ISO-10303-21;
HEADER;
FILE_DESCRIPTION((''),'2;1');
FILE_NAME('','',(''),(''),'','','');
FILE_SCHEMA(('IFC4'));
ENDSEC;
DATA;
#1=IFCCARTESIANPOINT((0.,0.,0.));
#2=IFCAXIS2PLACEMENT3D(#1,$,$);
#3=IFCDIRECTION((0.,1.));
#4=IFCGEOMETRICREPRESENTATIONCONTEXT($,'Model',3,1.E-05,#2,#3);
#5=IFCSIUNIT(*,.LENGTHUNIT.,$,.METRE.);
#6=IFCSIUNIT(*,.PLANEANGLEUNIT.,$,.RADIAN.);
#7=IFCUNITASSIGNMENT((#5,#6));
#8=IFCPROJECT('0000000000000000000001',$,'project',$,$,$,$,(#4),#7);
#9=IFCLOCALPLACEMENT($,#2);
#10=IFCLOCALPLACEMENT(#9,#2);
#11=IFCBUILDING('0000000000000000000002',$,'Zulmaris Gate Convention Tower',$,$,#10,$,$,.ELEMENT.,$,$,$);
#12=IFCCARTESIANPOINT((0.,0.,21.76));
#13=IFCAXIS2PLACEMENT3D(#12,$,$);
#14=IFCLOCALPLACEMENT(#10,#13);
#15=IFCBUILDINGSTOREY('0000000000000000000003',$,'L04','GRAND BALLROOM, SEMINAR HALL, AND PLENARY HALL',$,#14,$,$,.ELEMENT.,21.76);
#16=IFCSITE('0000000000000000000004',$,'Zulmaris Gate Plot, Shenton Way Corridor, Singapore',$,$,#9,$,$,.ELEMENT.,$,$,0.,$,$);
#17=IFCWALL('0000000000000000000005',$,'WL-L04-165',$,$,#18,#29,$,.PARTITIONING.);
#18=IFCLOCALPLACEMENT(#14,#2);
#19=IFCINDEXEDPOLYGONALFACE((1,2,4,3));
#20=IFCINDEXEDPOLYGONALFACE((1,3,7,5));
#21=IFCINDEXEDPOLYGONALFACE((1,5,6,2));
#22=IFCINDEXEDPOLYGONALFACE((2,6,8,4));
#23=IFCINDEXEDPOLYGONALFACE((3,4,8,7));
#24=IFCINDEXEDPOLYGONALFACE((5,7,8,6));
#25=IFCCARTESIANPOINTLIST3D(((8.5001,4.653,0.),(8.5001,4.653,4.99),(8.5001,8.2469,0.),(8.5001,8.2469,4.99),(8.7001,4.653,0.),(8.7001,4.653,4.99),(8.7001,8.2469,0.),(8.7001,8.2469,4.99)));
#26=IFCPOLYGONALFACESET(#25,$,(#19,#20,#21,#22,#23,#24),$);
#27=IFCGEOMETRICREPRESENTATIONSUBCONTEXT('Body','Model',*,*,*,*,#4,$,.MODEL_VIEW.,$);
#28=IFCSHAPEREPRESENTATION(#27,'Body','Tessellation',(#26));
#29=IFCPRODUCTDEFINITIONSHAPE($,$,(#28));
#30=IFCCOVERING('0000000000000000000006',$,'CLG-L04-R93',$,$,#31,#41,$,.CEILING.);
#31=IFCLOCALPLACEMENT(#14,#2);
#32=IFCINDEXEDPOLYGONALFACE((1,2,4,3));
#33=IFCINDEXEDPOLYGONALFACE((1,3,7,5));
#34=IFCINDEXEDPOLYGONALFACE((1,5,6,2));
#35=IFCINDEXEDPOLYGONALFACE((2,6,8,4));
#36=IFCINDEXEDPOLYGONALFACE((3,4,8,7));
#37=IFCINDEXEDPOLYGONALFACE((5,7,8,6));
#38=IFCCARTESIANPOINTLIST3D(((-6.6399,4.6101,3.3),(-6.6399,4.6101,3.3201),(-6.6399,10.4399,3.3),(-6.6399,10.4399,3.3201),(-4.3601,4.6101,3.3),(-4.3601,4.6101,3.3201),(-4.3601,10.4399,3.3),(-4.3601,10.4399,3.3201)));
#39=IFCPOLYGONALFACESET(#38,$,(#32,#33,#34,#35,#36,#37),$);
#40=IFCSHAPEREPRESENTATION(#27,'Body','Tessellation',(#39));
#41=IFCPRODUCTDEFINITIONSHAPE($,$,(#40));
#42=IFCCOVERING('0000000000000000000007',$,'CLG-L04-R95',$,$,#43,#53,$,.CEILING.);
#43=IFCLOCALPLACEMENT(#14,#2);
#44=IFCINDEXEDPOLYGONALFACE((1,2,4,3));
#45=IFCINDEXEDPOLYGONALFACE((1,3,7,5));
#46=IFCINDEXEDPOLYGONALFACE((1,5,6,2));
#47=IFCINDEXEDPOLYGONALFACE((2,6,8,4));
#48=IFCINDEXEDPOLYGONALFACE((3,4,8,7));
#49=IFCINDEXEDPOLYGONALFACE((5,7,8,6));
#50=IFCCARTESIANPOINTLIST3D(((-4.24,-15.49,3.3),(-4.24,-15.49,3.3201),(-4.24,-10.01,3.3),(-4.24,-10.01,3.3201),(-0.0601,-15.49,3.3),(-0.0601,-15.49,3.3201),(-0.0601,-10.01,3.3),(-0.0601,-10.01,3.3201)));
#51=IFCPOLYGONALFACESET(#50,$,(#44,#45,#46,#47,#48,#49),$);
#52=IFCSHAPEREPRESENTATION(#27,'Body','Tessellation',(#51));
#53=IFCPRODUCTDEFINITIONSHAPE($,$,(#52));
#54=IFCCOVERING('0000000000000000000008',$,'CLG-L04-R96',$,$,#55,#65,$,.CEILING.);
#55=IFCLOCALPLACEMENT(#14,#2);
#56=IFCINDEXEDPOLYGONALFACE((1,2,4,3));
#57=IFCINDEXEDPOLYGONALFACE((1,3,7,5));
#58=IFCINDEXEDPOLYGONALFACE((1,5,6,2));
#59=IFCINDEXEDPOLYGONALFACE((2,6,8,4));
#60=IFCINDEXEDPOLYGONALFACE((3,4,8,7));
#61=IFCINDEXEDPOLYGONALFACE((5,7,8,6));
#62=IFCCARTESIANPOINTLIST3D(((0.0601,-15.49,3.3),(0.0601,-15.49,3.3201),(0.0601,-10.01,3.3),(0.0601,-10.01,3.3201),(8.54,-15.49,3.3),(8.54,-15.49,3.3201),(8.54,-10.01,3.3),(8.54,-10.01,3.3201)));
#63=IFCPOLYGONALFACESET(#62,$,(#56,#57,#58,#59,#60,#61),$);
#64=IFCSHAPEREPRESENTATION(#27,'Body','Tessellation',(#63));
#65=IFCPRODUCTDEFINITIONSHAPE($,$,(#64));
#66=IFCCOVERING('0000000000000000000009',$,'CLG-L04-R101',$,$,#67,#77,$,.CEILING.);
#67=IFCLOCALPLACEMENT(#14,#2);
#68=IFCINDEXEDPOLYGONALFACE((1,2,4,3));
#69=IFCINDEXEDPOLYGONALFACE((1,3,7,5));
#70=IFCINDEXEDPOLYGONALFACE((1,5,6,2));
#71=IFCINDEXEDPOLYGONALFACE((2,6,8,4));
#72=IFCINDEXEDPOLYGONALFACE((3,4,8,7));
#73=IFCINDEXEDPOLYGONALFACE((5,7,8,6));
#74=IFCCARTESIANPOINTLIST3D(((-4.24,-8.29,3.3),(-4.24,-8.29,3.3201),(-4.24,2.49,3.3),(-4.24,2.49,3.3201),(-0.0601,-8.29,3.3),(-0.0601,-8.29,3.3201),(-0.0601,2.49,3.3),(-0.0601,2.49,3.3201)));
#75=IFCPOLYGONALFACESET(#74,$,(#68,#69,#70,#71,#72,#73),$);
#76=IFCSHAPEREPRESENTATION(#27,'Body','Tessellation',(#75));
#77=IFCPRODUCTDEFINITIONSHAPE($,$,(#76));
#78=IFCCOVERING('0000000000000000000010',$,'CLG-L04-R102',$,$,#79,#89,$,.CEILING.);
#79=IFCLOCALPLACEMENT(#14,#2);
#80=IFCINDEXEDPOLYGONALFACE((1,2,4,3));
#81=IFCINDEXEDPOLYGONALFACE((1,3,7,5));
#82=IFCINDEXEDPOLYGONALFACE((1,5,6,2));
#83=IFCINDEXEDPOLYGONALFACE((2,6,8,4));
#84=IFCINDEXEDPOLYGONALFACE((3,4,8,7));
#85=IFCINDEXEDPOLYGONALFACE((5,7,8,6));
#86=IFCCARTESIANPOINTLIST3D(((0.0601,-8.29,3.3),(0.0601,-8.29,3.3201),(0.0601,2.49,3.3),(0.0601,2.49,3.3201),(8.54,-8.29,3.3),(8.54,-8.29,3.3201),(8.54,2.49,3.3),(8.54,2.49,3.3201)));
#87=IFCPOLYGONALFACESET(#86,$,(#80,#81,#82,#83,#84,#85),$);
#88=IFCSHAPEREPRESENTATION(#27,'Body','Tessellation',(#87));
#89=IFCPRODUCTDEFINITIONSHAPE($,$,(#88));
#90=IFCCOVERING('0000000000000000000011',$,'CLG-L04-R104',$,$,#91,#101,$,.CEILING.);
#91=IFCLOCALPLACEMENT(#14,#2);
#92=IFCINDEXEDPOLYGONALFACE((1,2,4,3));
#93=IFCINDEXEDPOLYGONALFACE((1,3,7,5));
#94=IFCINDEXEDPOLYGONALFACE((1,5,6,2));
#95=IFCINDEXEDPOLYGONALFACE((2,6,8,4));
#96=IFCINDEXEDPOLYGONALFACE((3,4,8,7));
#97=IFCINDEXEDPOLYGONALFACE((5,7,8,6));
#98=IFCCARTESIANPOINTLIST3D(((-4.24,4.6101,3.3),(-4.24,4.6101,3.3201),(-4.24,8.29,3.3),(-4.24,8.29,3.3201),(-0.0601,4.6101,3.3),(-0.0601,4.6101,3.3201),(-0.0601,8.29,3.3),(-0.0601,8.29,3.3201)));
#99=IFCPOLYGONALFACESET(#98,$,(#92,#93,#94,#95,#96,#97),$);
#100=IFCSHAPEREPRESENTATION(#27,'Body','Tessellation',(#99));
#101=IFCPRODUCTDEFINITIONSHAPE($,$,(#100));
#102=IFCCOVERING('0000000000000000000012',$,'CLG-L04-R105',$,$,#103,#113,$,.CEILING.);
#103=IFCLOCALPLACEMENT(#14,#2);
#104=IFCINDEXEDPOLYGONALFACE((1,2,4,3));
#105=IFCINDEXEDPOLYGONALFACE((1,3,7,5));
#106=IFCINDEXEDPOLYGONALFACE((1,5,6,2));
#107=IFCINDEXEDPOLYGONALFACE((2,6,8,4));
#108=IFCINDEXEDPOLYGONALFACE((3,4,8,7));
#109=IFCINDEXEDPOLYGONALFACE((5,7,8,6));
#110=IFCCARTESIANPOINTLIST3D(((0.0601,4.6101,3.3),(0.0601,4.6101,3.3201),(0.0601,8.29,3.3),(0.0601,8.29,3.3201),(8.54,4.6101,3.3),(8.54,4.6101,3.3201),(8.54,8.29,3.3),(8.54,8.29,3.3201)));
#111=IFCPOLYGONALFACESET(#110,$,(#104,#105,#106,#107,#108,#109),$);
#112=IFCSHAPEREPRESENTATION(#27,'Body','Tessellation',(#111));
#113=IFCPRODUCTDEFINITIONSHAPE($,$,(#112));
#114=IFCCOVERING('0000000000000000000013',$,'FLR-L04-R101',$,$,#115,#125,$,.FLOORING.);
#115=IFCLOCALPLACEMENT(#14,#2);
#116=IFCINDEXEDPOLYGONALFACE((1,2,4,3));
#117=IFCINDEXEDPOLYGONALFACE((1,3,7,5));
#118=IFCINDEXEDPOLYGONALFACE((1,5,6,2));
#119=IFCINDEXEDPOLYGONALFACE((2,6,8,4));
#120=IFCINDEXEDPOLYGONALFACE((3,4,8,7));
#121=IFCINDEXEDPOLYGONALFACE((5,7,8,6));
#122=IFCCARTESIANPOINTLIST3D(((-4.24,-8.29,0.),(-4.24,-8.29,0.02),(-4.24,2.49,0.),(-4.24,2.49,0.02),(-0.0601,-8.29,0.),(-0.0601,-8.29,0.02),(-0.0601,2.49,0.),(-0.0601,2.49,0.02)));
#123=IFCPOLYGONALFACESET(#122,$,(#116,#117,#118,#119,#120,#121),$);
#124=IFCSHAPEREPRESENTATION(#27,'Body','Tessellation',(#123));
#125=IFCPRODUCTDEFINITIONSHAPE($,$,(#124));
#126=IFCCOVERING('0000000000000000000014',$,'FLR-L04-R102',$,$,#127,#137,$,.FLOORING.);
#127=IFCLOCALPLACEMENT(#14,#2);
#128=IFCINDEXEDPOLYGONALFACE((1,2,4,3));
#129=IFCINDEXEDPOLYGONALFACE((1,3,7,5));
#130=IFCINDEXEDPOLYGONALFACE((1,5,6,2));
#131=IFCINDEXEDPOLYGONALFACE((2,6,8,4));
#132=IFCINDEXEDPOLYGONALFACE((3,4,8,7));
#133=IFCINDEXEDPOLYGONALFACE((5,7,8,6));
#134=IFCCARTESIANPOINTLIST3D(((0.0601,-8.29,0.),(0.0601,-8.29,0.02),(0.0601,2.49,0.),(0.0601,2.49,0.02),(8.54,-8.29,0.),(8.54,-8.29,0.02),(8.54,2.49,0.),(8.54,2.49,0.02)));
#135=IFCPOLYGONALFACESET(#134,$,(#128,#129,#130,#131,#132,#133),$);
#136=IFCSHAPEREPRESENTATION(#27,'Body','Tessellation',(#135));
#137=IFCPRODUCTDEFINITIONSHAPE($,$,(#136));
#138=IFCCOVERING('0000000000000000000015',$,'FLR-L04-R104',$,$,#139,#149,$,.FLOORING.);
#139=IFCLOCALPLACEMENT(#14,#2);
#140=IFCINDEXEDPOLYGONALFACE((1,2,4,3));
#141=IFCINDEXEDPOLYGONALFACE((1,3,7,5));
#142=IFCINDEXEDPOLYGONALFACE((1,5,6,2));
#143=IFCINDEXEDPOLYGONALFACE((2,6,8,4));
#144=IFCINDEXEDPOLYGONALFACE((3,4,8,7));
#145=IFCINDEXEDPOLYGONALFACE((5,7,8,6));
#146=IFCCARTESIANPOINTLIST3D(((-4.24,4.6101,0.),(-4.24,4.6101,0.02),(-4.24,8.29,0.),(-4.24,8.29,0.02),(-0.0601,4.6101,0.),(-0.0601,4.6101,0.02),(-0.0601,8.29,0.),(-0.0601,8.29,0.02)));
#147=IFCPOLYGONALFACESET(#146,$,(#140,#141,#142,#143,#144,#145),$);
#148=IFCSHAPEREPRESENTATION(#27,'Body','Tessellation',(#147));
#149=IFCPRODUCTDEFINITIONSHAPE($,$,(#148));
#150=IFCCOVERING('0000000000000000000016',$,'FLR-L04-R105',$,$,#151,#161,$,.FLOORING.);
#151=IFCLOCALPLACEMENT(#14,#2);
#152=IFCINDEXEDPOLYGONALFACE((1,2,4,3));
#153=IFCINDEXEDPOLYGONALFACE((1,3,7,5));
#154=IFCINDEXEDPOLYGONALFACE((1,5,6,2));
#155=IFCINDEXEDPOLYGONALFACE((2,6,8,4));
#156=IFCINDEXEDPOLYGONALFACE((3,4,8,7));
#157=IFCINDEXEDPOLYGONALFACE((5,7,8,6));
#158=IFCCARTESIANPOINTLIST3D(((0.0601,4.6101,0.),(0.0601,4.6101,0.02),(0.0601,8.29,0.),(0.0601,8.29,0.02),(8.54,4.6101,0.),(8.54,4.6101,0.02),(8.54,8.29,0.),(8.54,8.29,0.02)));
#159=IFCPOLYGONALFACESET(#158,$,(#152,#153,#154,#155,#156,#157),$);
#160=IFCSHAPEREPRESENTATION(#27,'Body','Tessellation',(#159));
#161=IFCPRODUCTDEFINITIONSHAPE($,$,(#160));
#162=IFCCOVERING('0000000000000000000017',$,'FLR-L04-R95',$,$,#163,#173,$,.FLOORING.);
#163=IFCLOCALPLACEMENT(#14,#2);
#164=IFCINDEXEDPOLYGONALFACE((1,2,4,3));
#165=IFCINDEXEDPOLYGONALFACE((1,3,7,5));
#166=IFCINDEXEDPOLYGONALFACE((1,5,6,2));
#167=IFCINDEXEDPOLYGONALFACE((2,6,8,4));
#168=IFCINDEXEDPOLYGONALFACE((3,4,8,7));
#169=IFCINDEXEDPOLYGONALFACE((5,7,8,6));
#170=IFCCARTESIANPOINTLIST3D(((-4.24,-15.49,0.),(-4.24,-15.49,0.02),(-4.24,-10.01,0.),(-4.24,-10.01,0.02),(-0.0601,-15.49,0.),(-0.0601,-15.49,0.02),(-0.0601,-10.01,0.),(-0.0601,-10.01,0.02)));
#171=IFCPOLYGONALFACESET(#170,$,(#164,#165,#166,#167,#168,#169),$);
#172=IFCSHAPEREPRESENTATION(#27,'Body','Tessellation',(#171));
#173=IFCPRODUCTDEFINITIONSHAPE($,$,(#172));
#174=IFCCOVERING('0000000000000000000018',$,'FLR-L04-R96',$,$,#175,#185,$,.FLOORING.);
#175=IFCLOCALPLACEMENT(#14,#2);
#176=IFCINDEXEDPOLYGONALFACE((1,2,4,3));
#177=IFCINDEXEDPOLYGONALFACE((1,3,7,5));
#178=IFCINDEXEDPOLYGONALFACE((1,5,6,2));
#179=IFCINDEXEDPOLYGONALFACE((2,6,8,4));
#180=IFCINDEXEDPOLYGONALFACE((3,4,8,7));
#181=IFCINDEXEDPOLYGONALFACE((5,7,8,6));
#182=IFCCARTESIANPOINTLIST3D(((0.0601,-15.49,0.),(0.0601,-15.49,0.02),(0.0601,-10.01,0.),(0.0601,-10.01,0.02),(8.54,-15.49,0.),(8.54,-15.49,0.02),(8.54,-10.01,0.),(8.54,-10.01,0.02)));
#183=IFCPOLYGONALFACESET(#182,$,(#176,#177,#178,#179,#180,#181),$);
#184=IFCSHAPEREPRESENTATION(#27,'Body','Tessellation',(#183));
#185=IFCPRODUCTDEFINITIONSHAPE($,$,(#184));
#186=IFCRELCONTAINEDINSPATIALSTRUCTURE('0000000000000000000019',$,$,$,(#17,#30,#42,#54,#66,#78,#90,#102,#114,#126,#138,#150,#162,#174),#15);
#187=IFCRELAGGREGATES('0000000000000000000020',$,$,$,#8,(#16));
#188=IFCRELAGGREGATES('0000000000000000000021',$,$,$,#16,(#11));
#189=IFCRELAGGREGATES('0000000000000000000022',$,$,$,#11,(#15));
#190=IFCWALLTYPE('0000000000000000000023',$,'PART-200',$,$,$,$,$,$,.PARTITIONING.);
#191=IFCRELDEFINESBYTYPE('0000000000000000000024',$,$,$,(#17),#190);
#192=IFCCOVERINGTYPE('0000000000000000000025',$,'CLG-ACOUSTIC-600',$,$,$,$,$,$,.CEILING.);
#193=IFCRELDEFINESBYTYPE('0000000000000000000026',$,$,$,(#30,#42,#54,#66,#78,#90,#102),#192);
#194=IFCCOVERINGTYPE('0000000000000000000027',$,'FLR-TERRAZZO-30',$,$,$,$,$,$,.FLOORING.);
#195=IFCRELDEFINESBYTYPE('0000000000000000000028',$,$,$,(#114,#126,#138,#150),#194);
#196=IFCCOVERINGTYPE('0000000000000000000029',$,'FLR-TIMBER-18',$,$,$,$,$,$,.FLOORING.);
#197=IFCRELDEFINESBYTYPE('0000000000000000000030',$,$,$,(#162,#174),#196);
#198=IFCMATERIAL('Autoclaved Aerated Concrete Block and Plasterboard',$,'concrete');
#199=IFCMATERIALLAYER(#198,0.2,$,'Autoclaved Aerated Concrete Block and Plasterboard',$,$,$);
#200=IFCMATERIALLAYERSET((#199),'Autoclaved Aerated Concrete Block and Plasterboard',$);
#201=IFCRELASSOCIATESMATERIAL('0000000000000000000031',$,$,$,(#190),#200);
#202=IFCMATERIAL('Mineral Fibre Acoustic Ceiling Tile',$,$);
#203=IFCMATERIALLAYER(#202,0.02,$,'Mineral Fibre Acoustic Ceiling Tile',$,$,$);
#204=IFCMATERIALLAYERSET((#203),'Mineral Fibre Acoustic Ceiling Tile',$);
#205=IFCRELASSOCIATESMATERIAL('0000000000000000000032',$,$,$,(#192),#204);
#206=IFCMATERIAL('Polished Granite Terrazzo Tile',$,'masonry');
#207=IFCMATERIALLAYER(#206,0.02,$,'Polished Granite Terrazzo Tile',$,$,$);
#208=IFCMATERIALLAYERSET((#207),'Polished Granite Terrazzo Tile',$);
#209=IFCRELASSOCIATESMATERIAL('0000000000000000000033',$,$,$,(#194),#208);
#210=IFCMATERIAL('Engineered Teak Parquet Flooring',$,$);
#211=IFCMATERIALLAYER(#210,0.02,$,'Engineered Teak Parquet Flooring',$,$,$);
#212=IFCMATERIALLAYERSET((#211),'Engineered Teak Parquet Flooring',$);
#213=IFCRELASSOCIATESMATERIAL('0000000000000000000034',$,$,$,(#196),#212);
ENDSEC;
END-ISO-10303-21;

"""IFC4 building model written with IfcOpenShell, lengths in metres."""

from ifc_helpers import new_model, si_unit, direction, frame, frame_2d, origin, place, context, subcontext, project, spatial, polyline, rectangle, outline, extrude, material, layer, layer_set, type_object, element, save


model = new_model("IFC4")

# Units and contexts
model_context = context("Model", 3, precision=1e-05, world=origin(), true_north=direction((0.0, 1.0)))
body_context = subcontext(model_context, "Body", "Model", "MODEL_VIEW")
ifc_project = project(units=[si_unit("LENGTHUNIT", "METRE"), si_unit("PLANEANGLEUNIT", "RADIAN")], contexts=[model_context])

# Site, building, storey
site_placement = place(None, origin())
site = spatial("IfcSite", under=ifc_project, at=site_placement, Name="Zulmaris Gate Plot, Shenton Way Corridor, Singapore", CompositionType="ELEMENT", RefElevation=0.0)
building_placement = place(site_placement, origin())
building = spatial("IfcBuilding", under=site, at=building_placement, Name="Zulmaris Gate Convention Tower", CompositionType="ELEMENT")
storey_placement = place(building_placement, frame((0.0, 0.0, 21.76)))
storey = spatial("IfcBuildingStorey", under=building, at=storey_placement, Name="L04", Description="GRAND BALLROOM, SEMINAR HALL, AND PLENARY HALL", CompositionType="ELEMENT", Elevation=21.76)

# Shared definitions
ifc_material_1 = material(Name="Autoclaved Aerated Concrete Block and Plasterboard", Category="concrete")
ifc_layer_1 = layer(ifc_material_1, 0.2, Name="Autoclaved Aerated Concrete Block and Plasterboard")
ifc_layer_set_1 = layer_set([ifc_layer_1], Name="Autoclaved Aerated Concrete Block and Plasterboard")
wall_type_1 = type_object("IfcWallType", Name="PART-200", PredefinedType="PARTITIONING", material=ifc_layer_set_1)

# Wall
wall_1_placement = place(storey_placement, frame((8.6001, 4.6531, 0.0), z_axis=(0.0, 0.0, 1.0), x_axis=(0.0, 1.0, 0.0)))
element("IfcWall", 1, at=wall_1_placement, inside=storey, type_object=wall_type_1, Name="WL-L04-165", PredefinedType="PARTITIONING", context=body_context, shape_type="SweptSolid", body=[
    extrude(rectangle(XDim=3.594, YDim=0.2, at=frame_2d((1.7969, 0.0))), origin(), (0.0, 0.0, 1.0), 4.99),
])

# Coverings
ifc_material_2 = material(Name="Mineral Fibre Acoustic Ceiling Tile")
ifc_layer_2 = layer(ifc_material_2, 0.02, Name="Mineral Fibre Acoustic Ceiling Tile")
ifc_layer_set_2 = layer_set([ifc_layer_2], Name="Mineral Fibre Acoustic Ceiling Tile")
covering_type_1 = type_object("IfcCoveringType", Name="CLG-ACOUSTIC-600", PredefinedType="CEILING", material=ifc_layer_set_2)
covering_1_placement = place(storey_placement, frame((0.0, 0.0, 3.3)))
element("IfcCovering", 2, at=covering_1_placement, inside=storey, type_object=covering_type_1, Name="CLG-L04-R93", PredefinedType="CEILING", context=body_context, shape_type="SweptSolid", body=[
    extrude(outline(polyline([(-6.6399, 4.6101), (-4.3601, 4.6101), (-4.3601, 10.4399), (-6.6399, 10.4399), (-6.6399, 4.6101)])), origin(), (0.0, 0.0, 1.0), 0.02),
])
covering_2_placement = place(storey_placement, frame((0.0, 0.0, 3.3)))
element("IfcCovering", 3, at=covering_2_placement, inside=storey, type_object=covering_type_1, Name="CLG-L04-R95", PredefinedType="CEILING", context=body_context, shape_type="SweptSolid", body=[
    extrude(outline(polyline([(-4.24, -15.49), (-0.0601, -15.49), (-0.0601, -10.01), (-4.24, -10.01), (-4.24, -15.49)])), origin(), (0.0, 0.0, 1.0), 0.02),
])
covering_3_placement = place(storey_placement, frame((0.0, 0.0, 3.3)))
element("IfcCovering", 4, at=covering_3_placement, inside=storey, type_object=covering_type_1, Name="CLG-L04-R96", PredefinedType="CEILING", context=body_context, shape_type="SweptSolid", body=[
    extrude(outline(polyline([(0.0601, -15.49), (8.54, -15.49), (8.54, -10.01), (0.0601, -10.01), (0.0601, -15.49)])), origin(), (0.0, 0.0, 1.0), 0.02),
])
covering_4_placement = place(storey_placement, frame((0.0, 0.0, 3.3)))
element("IfcCovering", 5, at=covering_4_placement, inside=storey, type_object=covering_type_1, Name="CLG-L04-R101", PredefinedType="CEILING", context=body_context, shape_type="SweptSolid", body=[
    extrude(outline(polyline([(-4.24, -8.29), (-0.0601, -8.29), (-0.0601, 2.49), (-4.24, 2.49), (-4.24, -8.29)])), origin(), (0.0, 0.0, 1.0), 0.02),
])
covering_5_placement = place(storey_placement, frame((0.0, 0.0, 3.3)))
element("IfcCovering", 6, at=covering_5_placement, inside=storey, type_object=covering_type_1, Name="CLG-L04-R102", PredefinedType="CEILING", context=body_context, shape_type="SweptSolid", body=[
    extrude(outline(polyline([(0.0601, -8.29), (8.54, -8.29), (8.54, 2.49), (0.0601, 2.49), (0.0601, -8.29)])), origin(), (0.0, 0.0, 1.0), 0.02),
])
covering_6_placement = place(storey_placement, frame((0.0, 0.0, 3.3)))
element("IfcCovering", 7, at=covering_6_placement, inside=storey, type_object=covering_type_1, Name="CLG-L04-R104", PredefinedType="CEILING", context=body_context, shape_type="SweptSolid", body=[
    extrude(outline(polyline([(-4.24, 4.6101), (-0.0601, 4.6101), (-0.0601, 8.29), (-4.24, 8.29), (-4.24, 4.6101)])), origin(), (0.0, 0.0, 1.0), 0.02),
])
covering_7_placement = place(storey_placement, frame((0.0, 0.0, 3.3)))
element("IfcCovering", 8, at=covering_7_placement, inside=storey, type_object=covering_type_1, Name="CLG-L04-R105", PredefinedType="CEILING", context=body_context, shape_type="SweptSolid", body=[
    extrude(outline(polyline([(0.0601, 4.6101), (8.54, 4.6101), (8.54, 8.29), (0.0601, 8.29), (0.0601, 4.6101)])), origin(), (0.0, 0.0, 1.0), 0.02),
])
ifc_material_3 = material(Name="Polished Granite Terrazzo Tile", Category="masonry")
ifc_layer_3 = layer(ifc_material_3, 0.02, Name="Polished Granite Terrazzo Tile")
ifc_layer_set_3 = layer_set([ifc_layer_3], Name="Polished Granite Terrazzo Tile")
covering_type_2 = type_object("IfcCoveringType", Name="FLR-TERRAZZO-30", PredefinedType="FLOORING", material=ifc_layer_set_3)
covering_8_placement = place(storey_placement, origin())
element("IfcCovering", 9, at=covering_8_placement, inside=storey, type_object=covering_type_2, Name="FLR-L04-R101", PredefinedType="FLOORING", context=body_context, shape_type="SweptSolid", body=[
    extrude(outline(polyline([(-4.24, -8.29), (-0.0601, -8.29), (-0.0601, 2.49), (-4.24, 2.49), (-4.24, -8.29)])), origin(), (0.0, 0.0, 1.0), 0.02),
])
covering_9_placement = place(storey_placement, origin())
element("IfcCovering", 10, at=covering_9_placement, inside=storey, type_object=covering_type_2, Name="FLR-L04-R102", PredefinedType="FLOORING", context=body_context, shape_type="SweptSolid", body=[
    extrude(outline(polyline([(0.0601, -8.29), (8.54, -8.29), (8.54, 2.49), (0.0601, 2.49), (0.0601, -8.29)])), origin(), (0.0, 0.0, 1.0), 0.02),
])
covering_10_placement = place(storey_placement, origin())
element("IfcCovering", 11, at=covering_10_placement, inside=storey, type_object=covering_type_2, Name="FLR-L04-R104", PredefinedType="FLOORING", context=body_context, shape_type="SweptSolid", body=[
    extrude(outline(polyline([(-4.24, 4.6101), (-0.0601, 4.6101), (-0.0601, 8.29), (-4.24, 8.29), (-4.24, 4.6101)])), origin(), (0.0, 0.0, 1.0), 0.02),
])
covering_11_placement = place(storey_placement, origin())
element("IfcCovering", 12, at=covering_11_placement, inside=storey, type_object=covering_type_2, Name="FLR-L04-R105", PredefinedType="FLOORING", context=body_context, shape_type="SweptSolid", body=[
    extrude(outline(polyline([(0.0601, 4.6101), (8.54, 4.6101), (8.54, 8.29), (0.0601, 8.29), (0.0601, 4.6101)])), origin(), (0.0, 0.0, 1.0), 0.02),
])
ifc_material_4 = material(Name="Engineered Teak Parquet Flooring")
ifc_layer_4 = layer(ifc_material_4, 0.02, Name="Engineered Teak Parquet Flooring")
ifc_layer_set_4 = layer_set([ifc_layer_4], Name="Engineered Teak Parquet Flooring")
covering_type_3 = type_object("IfcCoveringType", Name="FLR-TIMBER-18", PredefinedType="FLOORING", material=ifc_layer_set_4)
covering_12_placement = place(storey_placement, origin())
element("IfcCovering", 13, at=covering_12_placement, inside=storey, type_object=covering_type_3, Name="FLR-L04-R95", PredefinedType="FLOORING", context=body_context, shape_type="SweptSolid", body=[
    extrude(outline(polyline([(-4.24, -15.49), (-0.0601, -15.49), (-0.0601, -10.01), (-4.24, -10.01), (-4.24, -15.49)])), origin(), (0.0, 0.0, 1.0), 0.02),
])
covering_13_placement = place(storey_placement, origin())
element("IfcCovering", 14, at=covering_13_placement, inside=storey, type_object=covering_type_3, Name="FLR-L04-R96", PredefinedType="FLOORING", context=body_context, shape_type="SweptSolid", body=[
    extrude(outline(polyline([(0.0601, -15.49), (8.54, -15.49), (8.54, -10.01), (0.0601, -10.01), (0.0601, -15.49)])), origin(), (0.0, 0.0, 1.0), 0.02),
])

save(model, "model.ifc")
